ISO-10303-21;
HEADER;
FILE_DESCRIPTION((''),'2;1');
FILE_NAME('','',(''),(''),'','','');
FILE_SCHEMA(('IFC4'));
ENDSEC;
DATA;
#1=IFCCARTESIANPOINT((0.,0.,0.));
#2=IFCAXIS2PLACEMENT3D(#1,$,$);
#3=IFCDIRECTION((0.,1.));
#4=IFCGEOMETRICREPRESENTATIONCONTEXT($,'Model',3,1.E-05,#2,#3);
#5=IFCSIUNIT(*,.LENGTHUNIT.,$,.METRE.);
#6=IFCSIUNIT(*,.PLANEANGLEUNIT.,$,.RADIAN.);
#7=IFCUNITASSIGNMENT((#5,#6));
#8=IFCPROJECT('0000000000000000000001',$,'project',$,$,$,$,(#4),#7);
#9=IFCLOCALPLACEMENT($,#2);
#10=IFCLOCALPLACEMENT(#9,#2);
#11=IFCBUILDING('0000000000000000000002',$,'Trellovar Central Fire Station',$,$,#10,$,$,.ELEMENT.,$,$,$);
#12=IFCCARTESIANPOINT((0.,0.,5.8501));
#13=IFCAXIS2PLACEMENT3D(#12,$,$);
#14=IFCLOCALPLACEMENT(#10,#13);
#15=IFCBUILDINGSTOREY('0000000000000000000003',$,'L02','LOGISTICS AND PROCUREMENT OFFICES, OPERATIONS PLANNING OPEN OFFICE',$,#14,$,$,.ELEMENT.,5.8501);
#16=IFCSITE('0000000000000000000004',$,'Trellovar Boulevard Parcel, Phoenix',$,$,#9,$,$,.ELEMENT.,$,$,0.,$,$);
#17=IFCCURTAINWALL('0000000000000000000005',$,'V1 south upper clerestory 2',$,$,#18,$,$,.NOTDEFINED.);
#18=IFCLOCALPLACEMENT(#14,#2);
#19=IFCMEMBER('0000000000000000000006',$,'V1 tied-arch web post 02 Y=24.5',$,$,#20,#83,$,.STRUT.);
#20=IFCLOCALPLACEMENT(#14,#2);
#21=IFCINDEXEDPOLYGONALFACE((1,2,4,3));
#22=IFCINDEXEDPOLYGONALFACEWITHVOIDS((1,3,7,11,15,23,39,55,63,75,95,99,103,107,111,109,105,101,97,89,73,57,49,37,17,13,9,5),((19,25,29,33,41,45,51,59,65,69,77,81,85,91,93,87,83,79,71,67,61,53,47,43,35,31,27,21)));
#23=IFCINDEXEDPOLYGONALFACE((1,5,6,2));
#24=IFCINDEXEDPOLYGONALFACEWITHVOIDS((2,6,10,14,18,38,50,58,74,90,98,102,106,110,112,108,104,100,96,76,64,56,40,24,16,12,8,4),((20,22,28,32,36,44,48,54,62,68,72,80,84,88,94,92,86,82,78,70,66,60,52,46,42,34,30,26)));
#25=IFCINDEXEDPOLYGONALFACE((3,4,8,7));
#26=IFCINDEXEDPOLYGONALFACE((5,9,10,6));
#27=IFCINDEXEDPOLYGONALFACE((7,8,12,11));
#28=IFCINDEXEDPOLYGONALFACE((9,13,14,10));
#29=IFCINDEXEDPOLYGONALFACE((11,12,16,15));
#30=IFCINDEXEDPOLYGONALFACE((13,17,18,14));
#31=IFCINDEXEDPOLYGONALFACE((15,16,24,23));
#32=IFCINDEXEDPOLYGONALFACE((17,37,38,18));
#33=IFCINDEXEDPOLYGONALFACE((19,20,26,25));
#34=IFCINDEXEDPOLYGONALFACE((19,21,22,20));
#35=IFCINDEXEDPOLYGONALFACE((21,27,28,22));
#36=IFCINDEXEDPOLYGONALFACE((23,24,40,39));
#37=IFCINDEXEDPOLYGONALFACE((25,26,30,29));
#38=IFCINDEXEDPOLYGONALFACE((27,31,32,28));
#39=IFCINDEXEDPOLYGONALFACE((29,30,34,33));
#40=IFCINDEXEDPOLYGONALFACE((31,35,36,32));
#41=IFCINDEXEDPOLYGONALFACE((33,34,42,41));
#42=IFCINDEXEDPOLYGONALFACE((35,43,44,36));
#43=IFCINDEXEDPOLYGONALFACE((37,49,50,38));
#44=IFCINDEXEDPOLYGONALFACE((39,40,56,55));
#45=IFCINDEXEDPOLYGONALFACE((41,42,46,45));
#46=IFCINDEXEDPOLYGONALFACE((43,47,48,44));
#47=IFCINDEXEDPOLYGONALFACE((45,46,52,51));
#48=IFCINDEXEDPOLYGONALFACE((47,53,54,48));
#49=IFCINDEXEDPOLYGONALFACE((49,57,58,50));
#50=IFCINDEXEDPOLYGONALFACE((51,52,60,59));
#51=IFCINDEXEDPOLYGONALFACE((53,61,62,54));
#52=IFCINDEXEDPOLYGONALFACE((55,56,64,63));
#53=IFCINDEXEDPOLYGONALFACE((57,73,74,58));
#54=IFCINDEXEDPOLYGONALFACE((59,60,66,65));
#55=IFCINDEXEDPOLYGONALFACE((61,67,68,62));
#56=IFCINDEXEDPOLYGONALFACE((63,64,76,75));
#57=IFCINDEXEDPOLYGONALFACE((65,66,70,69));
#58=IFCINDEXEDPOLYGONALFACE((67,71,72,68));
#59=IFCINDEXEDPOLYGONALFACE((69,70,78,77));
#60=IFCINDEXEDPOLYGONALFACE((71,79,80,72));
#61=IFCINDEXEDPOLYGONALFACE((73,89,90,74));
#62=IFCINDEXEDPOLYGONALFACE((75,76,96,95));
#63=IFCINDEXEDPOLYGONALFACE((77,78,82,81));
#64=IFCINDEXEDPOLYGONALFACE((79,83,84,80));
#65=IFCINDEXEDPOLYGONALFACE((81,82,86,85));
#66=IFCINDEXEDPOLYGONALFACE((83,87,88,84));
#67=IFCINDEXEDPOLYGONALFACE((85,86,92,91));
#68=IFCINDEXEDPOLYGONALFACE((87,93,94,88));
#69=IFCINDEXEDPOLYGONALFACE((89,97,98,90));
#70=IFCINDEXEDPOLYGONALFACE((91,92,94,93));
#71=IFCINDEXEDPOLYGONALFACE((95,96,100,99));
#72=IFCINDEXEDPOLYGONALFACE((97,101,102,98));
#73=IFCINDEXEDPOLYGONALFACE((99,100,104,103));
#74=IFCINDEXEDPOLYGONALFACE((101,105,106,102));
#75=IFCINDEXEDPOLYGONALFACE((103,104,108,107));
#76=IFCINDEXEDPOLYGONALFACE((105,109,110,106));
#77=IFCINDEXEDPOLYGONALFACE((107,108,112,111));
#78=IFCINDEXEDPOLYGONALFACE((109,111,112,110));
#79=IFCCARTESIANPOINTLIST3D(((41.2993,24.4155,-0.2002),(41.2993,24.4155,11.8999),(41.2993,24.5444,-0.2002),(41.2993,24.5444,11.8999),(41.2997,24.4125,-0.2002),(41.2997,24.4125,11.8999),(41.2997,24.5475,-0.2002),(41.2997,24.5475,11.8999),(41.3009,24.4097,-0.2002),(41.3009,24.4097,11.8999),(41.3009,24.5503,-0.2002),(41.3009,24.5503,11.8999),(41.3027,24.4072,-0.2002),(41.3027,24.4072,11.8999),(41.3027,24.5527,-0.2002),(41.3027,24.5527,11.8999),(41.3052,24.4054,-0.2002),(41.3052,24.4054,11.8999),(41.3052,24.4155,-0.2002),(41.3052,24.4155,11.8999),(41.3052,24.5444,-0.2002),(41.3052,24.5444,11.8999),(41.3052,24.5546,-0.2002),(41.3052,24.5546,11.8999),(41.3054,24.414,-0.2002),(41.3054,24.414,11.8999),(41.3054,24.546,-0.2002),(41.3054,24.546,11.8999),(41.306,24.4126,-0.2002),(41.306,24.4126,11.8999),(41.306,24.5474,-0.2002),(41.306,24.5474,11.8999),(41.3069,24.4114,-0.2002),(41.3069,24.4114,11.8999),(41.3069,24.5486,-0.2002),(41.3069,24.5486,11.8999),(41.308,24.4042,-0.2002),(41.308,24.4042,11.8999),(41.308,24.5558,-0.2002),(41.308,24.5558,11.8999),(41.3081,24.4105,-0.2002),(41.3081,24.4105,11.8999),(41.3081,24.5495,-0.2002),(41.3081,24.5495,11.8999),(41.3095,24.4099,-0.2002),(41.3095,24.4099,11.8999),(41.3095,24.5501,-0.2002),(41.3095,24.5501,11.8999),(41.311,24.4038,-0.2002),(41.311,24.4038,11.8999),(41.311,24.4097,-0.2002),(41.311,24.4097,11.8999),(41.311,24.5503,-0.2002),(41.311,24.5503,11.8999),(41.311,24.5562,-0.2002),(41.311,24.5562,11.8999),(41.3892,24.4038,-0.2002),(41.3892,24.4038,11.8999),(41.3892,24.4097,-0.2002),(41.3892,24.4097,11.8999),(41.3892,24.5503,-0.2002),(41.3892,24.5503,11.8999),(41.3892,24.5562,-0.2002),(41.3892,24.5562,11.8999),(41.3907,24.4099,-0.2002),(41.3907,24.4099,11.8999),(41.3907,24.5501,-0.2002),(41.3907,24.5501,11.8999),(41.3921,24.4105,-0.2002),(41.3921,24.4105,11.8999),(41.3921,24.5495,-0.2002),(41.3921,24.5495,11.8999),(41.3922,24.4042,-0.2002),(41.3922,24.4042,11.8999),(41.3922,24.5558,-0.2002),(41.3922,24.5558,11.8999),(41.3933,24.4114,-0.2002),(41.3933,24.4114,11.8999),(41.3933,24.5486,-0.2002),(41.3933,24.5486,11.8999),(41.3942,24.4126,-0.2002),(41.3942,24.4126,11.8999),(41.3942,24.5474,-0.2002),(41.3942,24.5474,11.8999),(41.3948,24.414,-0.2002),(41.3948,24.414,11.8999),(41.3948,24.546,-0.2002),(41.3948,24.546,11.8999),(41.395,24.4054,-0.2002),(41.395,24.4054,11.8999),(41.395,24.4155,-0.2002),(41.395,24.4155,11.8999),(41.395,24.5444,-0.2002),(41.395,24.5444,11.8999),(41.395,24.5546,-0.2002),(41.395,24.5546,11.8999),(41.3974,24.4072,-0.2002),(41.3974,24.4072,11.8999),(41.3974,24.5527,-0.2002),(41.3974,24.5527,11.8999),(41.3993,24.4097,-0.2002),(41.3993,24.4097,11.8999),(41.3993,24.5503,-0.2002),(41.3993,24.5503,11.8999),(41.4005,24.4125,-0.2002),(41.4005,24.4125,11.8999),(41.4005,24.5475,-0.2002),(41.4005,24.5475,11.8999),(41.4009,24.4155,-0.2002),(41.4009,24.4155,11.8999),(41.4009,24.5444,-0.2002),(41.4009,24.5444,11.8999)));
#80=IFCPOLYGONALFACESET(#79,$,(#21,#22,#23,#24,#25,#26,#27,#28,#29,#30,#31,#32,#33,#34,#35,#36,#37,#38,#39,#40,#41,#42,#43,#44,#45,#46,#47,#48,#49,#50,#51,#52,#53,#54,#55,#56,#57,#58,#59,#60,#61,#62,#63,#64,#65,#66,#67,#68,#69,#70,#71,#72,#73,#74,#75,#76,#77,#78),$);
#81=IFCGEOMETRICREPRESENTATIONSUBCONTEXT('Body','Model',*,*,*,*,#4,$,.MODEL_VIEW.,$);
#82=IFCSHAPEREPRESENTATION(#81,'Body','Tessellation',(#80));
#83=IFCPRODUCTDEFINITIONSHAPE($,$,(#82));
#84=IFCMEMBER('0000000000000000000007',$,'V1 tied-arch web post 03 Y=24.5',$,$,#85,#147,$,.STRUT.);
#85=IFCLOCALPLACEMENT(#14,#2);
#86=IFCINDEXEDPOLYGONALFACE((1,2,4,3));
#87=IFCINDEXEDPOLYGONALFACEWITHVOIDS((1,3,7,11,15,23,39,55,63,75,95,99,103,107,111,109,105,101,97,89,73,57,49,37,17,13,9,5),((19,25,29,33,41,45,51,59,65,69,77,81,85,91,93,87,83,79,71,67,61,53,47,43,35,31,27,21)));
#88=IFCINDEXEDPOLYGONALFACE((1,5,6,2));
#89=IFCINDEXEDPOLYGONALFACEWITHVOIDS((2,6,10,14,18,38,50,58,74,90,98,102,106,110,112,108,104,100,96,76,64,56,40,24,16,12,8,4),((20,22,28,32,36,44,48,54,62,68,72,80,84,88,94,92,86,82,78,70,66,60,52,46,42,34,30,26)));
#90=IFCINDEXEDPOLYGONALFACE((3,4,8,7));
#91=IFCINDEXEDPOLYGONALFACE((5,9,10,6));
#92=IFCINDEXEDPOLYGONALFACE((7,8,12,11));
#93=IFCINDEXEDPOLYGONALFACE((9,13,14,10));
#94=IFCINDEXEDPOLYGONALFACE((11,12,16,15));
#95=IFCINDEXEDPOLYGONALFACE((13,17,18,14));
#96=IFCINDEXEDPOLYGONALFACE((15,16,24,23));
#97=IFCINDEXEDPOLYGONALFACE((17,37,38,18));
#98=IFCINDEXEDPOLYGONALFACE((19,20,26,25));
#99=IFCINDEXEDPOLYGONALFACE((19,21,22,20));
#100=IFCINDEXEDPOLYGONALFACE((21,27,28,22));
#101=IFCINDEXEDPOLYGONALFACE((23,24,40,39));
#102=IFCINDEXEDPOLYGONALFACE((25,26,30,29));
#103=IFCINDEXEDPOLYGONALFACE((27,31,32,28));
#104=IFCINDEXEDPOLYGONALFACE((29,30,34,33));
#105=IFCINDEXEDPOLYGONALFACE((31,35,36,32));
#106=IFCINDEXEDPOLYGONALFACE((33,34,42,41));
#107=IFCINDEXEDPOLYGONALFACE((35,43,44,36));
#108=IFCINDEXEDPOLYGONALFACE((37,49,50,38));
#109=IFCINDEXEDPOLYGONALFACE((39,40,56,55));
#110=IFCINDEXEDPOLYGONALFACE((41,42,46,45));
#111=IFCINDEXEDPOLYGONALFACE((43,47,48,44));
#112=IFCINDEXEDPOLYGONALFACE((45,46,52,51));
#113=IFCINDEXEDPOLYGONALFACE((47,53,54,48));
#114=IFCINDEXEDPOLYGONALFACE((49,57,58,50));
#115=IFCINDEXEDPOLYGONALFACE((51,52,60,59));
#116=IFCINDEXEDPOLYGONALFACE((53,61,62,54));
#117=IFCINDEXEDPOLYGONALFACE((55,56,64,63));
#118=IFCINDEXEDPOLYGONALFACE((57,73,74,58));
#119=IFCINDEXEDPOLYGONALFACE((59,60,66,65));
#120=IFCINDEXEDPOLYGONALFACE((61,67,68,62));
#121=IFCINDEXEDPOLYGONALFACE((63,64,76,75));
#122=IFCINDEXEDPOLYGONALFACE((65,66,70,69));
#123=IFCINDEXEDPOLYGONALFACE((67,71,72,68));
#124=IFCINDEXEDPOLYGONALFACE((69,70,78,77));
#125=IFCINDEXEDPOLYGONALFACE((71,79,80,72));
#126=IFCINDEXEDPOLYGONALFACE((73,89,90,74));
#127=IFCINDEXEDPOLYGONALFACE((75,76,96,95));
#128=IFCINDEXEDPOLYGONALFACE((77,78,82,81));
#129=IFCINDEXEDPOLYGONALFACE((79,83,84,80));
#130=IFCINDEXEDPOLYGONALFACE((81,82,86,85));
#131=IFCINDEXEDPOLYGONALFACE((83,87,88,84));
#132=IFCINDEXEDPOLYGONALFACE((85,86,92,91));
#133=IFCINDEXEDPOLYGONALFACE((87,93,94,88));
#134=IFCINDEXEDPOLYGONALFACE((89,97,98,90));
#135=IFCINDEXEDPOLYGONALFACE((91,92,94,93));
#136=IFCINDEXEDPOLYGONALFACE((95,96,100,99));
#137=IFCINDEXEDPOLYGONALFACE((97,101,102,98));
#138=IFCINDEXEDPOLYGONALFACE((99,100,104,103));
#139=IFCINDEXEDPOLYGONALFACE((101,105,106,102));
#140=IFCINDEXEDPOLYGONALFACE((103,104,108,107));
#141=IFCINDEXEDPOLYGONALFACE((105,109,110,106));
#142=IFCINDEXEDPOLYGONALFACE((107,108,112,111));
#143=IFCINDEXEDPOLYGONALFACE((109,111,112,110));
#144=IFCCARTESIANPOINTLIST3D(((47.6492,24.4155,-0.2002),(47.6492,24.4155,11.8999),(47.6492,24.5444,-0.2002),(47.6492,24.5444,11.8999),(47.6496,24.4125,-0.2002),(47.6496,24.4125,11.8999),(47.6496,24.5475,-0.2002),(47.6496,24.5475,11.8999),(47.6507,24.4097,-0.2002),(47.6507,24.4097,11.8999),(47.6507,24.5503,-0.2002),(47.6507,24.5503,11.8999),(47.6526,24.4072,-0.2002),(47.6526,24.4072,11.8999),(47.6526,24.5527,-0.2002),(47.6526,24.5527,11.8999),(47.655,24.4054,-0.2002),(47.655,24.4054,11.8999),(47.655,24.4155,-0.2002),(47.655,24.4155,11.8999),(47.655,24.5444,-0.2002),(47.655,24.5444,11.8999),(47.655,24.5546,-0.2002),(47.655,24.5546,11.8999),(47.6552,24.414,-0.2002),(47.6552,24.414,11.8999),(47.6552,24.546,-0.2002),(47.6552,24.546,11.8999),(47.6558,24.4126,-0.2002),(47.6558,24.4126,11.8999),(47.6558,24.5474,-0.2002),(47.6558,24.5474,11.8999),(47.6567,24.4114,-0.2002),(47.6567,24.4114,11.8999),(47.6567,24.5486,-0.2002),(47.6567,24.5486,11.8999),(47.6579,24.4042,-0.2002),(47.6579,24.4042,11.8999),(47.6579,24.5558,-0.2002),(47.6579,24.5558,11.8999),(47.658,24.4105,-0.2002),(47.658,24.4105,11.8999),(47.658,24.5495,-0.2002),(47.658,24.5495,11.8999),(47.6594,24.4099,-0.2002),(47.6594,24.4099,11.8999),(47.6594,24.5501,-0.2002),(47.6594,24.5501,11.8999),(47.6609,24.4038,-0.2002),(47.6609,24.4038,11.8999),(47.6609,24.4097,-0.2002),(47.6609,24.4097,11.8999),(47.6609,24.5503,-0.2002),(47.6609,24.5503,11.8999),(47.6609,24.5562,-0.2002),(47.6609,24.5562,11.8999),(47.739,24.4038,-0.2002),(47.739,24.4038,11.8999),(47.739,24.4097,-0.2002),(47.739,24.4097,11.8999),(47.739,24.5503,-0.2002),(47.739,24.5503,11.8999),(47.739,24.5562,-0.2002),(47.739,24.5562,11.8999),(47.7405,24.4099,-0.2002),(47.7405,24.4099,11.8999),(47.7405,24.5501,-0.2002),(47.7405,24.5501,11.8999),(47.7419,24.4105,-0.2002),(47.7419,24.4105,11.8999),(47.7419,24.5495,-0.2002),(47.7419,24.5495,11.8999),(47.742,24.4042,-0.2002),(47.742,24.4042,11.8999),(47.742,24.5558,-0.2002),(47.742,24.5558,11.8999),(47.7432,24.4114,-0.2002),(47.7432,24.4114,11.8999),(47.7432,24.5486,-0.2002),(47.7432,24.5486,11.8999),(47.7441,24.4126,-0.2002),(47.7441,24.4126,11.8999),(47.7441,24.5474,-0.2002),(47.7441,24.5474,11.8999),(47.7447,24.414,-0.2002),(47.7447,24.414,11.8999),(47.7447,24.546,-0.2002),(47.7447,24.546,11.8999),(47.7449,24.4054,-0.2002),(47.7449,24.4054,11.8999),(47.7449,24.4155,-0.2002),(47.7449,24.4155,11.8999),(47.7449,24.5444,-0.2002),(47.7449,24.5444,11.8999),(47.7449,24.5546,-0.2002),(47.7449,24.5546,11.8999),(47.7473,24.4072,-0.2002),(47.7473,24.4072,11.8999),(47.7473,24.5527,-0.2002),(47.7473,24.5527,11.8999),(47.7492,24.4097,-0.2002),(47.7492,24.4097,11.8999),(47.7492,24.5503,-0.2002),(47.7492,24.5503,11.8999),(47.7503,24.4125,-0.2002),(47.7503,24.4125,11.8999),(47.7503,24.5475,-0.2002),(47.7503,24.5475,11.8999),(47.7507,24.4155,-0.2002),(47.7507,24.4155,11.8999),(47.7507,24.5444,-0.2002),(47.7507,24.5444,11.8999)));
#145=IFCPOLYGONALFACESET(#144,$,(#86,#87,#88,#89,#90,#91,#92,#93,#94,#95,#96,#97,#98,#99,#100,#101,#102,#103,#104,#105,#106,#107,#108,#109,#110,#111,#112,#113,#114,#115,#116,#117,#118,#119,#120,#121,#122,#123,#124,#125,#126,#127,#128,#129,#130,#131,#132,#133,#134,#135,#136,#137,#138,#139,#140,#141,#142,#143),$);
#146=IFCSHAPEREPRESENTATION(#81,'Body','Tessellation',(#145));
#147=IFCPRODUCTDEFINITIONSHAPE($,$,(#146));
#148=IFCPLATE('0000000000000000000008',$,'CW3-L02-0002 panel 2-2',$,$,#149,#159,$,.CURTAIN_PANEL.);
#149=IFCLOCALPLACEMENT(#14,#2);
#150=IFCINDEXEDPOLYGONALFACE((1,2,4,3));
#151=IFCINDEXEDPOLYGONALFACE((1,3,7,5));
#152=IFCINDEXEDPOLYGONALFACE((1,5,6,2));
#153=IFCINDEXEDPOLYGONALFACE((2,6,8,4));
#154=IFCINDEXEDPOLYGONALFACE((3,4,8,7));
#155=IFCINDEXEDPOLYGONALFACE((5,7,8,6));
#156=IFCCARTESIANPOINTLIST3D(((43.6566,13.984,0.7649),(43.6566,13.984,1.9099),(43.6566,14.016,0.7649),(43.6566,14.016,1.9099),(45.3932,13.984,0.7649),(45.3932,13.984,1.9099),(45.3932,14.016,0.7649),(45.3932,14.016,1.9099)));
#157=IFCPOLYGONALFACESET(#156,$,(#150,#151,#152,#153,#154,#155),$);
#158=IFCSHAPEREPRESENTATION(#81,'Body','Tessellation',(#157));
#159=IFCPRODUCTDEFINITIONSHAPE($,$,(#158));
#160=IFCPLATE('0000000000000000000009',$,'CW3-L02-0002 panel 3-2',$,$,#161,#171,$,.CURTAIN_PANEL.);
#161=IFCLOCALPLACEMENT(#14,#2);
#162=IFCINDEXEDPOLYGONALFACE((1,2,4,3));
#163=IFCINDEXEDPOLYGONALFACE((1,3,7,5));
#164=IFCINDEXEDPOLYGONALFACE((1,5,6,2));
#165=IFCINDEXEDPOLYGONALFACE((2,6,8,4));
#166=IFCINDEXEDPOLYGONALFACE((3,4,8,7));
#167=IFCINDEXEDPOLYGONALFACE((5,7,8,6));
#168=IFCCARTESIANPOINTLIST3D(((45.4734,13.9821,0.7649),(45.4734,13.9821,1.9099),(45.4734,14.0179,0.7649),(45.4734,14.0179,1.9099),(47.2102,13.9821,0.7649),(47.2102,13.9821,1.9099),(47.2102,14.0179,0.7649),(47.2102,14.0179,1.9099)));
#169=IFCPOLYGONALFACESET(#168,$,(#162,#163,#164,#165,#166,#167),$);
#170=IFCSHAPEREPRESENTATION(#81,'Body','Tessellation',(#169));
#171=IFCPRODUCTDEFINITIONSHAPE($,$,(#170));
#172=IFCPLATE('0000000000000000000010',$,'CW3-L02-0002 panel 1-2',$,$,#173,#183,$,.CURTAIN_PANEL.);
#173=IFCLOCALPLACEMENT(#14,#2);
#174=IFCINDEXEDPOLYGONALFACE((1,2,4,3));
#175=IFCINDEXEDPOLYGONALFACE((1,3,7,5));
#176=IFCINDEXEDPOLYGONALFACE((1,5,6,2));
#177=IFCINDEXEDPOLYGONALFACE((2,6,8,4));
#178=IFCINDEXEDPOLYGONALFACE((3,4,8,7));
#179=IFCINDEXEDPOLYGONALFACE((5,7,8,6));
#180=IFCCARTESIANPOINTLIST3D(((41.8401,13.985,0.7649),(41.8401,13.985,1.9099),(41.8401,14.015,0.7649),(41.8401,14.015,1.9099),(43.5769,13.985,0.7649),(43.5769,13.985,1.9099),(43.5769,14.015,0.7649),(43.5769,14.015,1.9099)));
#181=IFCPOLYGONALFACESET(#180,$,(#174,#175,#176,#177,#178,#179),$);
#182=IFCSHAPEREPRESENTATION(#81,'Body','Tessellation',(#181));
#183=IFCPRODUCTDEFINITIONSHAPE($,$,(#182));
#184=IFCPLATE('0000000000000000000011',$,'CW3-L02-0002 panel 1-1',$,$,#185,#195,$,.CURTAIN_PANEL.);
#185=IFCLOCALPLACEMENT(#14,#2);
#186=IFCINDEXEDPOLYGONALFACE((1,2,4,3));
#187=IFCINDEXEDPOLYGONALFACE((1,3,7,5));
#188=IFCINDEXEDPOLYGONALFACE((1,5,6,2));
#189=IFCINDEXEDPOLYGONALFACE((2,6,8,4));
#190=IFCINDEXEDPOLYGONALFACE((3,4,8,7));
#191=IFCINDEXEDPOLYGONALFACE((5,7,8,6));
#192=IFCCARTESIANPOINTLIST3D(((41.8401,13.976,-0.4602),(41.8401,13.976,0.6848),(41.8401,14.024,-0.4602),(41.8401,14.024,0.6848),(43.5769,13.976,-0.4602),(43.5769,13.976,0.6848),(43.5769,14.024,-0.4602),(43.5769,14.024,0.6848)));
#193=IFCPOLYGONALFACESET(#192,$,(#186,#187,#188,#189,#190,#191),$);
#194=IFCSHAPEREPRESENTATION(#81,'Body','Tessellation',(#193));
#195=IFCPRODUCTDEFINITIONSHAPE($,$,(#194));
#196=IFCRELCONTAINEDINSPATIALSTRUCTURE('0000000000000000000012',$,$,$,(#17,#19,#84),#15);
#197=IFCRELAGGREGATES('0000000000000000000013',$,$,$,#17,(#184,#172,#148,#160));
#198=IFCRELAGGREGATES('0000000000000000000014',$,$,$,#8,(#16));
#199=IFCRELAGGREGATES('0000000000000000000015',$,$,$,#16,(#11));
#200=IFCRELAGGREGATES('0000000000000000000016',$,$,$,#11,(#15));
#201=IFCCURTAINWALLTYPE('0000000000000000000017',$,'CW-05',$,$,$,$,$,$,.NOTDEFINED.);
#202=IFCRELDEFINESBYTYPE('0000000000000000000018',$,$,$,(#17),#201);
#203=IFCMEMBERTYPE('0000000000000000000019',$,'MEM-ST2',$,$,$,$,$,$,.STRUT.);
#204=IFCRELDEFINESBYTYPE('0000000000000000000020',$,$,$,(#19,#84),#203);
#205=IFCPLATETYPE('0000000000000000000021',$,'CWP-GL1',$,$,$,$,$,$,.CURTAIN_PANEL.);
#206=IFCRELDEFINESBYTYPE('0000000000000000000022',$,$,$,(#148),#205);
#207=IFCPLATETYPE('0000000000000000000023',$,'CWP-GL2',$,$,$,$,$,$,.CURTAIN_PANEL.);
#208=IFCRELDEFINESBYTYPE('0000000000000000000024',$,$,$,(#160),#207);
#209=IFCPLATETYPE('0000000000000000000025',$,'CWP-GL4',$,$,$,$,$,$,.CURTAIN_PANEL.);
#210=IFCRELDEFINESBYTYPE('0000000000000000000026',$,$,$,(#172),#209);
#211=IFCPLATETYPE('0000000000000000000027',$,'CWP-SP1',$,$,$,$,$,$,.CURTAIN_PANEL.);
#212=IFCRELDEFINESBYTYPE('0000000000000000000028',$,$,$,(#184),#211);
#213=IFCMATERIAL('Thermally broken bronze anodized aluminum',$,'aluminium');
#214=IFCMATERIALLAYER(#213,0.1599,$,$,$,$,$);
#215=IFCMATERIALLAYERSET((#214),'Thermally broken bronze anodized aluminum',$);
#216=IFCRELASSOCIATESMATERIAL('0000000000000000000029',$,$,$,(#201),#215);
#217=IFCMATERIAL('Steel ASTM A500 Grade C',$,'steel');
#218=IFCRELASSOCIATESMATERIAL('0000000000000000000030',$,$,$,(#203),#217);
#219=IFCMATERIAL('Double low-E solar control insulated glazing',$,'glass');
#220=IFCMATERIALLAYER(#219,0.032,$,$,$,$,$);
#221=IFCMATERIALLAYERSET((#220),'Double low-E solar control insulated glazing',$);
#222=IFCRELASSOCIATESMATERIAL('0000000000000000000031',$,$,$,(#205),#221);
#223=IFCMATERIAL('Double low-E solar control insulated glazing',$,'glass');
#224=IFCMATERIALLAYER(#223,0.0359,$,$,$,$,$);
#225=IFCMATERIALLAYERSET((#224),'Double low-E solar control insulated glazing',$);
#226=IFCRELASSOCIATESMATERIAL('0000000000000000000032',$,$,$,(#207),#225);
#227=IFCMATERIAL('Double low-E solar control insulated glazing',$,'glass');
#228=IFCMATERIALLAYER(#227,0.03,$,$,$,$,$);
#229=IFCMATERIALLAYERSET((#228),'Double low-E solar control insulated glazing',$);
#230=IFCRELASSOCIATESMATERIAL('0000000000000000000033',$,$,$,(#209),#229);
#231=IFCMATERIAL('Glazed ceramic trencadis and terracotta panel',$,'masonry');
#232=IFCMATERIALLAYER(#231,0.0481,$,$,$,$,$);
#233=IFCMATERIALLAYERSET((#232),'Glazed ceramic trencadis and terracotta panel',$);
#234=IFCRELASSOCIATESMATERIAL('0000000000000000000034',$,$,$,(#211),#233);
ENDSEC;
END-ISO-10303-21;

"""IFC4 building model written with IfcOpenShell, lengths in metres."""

from ifc_helpers import new_model, si_unit, direction, frame, origin, origin_2d, place, context, subcontext, project, spatial, rectangle, hollow_rectangle, extrude, material, layer, layer_set, material_profile, profile_set, type_object, element, aggregate, save


model = new_model("IFC4")

# Units and contexts
model_context = context("Model", 3, precision=1e-05, world=origin(), true_north=direction((0.0, 1.0)))
body_context = subcontext(model_context, "Body", "Model", "MODEL_VIEW")
ifc_project = project(units=[si_unit("LENGTHUNIT", "METRE"), si_unit("PLANEANGLEUNIT", "RADIAN")], contexts=[model_context])

# Site, building, storey
site_placement = place(None, origin())
site = spatial("IfcSite", under=ifc_project, at=site_placement, Name="Trellovar Boulevard Parcel, Phoenix", CompositionType="ELEMENT", RefElevation=0.0)
building_placement = place(site_placement, origin())
building = spatial("IfcBuilding", under=site, at=building_placement, Name="Trellovar Central Fire Station", CompositionType="ELEMENT")
storey_placement = place(building_placement, frame((0.0, 0.0, 5.8501)))
storey = spatial("IfcBuildingStorey", under=building, at=storey_placement, Name="L02", Description="LOGISTICS AND PROCUREMENT OFFICES, OPERATIONS PLANNING OPEN OFFICE", CompositionType="ELEMENT", Elevation=5.8501)

# Shared definitions
ifc_material_1 = material(Name="Thermally broken bronze anodized aluminum", Category="aluminium")
ifc_layer_1 = layer(ifc_material_1, 0.1599)
ifc_layer_set_1 = layer_set([ifc_layer_1], Name="Thermally broken bronze anodized aluminum")
curtain_wall_type = type_object("IfcCurtainWallType", Name="CW-05", PredefinedType="NOTDEFINED", material=ifc_layer_set_1)

# Curtain wall
curtain_wall_1_placement = place(storey_placement, origin())
curtain_wall_1 = element("IfcCurtainWall", 1, at=curtain_wall_1_placement, inside=storey, type_object=curtain_wall_type, Name="V1 south upper clerestory 2", PredefinedType="NOTDEFINED")

# Members
ifc_material_2 = material(Name="Steel ASTM A500 Grade C", Category="steel")
ifc_material_profile_1 = material_profile(ifc_material_2, hollow_rectangle(XDim=0.1016, YDim=0.1523, WallThickness=0.0059, InnerFilletRadius=0.0059, OuterFilletRadius=0.0117, at=origin_2d()), Name="HSS6X4X1/4")
ifc_profile_set_1 = profile_set([ifc_material_profile_1], Name="Steel ASTM A500 Grade C")
member_type_1 = type_object("IfcMemberType", Name="MEM-ST2", PredefinedType="STRUT", material=ifc_profile_set_1)
for number, where, z_axis, x_axis, name in (
    (2, (41.3501, 24.48, -0.2002), (0.0, 0.0, 1.0), (1.0, 0.0, 0.0), "V1 tied-arch web post 02 Y=24.5"),
    (3, (47.7, 24.48, -0.2002), (0.0, 0.0, 1.0), (1.0, 0.0, 0.0), "V1 tied-arch web post 03 Y=24.5"),
):
    element("IfcMember", number, at=place(storey_placement, frame(where, z_axis=z_axis, x_axis=x_axis)), inside=storey, type_object=member_type_1, Name=name, PredefinedType="STRUT", context=body_context, shape_type="SweptSolid", body=[
        extrude(hollow_rectangle(XDim=0.1016, YDim=0.1523, WallThickness=0.0059, InnerFilletRadius=0.0059, OuterFilletRadius=0.0117, at=origin_2d()), origin(), (0.0, 0.0, 1.0), 12.1001),
    ])

# Plates
ifc_material_3 = material(Name="Double low-E solar control insulated glazing", Category="glass")
ifc_layer_2 = layer(ifc_material_3, 0.032)
ifc_layer_set_2 = layer_set([ifc_layer_2], Name="Double low-E solar control insulated glazing")
plate_type_1 = type_object("IfcPlateType", Name="CWP-GL1", PredefinedType="CURTAIN_PANEL", material=ifc_layer_set_2)
plate_1_placement = place(storey_placement, frame((44.5249, 14.0, 0.7649), z_axis=(0.0, 0.0, 1.0), x_axis=(1.0, 0.0, 0.0)))
plate_1 = element("IfcPlate", 4, at=plate_1_placement, type_object=plate_type_1, Name="CW3-L02-0002 panel 2-2", PredefinedType="CURTAIN_PANEL", context=body_context, shape_type="SweptSolid", body=[
    extrude(rectangle(XDim=1.7366, YDim=0.032, at=origin_2d()), origin(), (0.0, 0.0, 1.0), 1.145),
])
ifc_material_4 = material(Name="Double low-E solar control insulated glazing", Category="glass")
ifc_layer_3 = layer(ifc_material_4, 0.0359)
ifc_layer_set_3 = layer_set([ifc_layer_3], Name="Double low-E solar control insulated glazing")
plate_type_2 = type_object("IfcPlateType", Name="CWP-GL2", PredefinedType="CURTAIN_PANEL", material=ifc_layer_set_3)
plate_2_placement = place(storey_placement, frame((46.3418, 14.0, 0.7649), z_axis=(0.0, 0.0, 1.0), x_axis=(1.0, 0.0, 0.0)))
plate_2 = element("IfcPlate", 5, at=plate_2_placement, type_object=plate_type_2, Name="CW3-L02-0002 panel 3-2", PredefinedType="CURTAIN_PANEL", context=body_context, shape_type="SweptSolid", body=[
    extrude(rectangle(XDim=1.7368, YDim=0.0359, at=origin_2d()), origin(), (0.0, 0.0, 1.0), 1.145),
])
ifc_material_5 = material(Name="Double low-E solar control insulated glazing", Category="glass")
ifc_layer_4 = layer(ifc_material_5, 0.03)
ifc_layer_set_4 = layer_set([ifc_layer_4], Name="Double low-E solar control insulated glazing")
plate_type_3 = type_object("IfcPlateType", Name="CWP-GL4", PredefinedType="CURTAIN_PANEL", material=ifc_layer_set_4)
plate_3_placement = place(storey_placement, frame((42.7085, 14.0, 0.7649), z_axis=(0.0, 0.0, 1.0), x_axis=(1.0, 0.0, 0.0)))
plate_3 = element("IfcPlate", 6, at=plate_3_placement, type_object=plate_type_3, Name="CW3-L02-0002 panel 1-2", PredefinedType="CURTAIN_PANEL", context=body_context, shape_type="SweptSolid", body=[
    extrude(rectangle(XDim=1.7368, YDim=0.03, at=origin_2d()), origin(), (0.0, 0.0, 1.0), 1.145),
])
ifc_material_6 = material(Name="Glazed ceramic trencadis and terracotta panel", Category="masonry")
ifc_layer_5 = layer(ifc_material_6, 0.0481)
ifc_layer_set_5 = layer_set([ifc_layer_5], Name="Glazed ceramic trencadis and terracotta panel")
plate_type_4 = type_object("IfcPlateType", Name="CWP-SP1", PredefinedType="CURTAIN_PANEL", material=ifc_layer_set_5)
plate_4_placement = place(storey_placement, frame((42.7085, 14.0, -0.4602), z_axis=(0.0, 0.0, 1.0), x_axis=(1.0, 0.0, 0.0)))
plate_4 = element("IfcPlate", 7, at=plate_4_placement, type_object=plate_type_4, Name="CW3-L02-0002 panel 1-1", PredefinedType="CURTAIN_PANEL", context=body_context, shape_type="SweptSolid", body=[
    extrude(rectangle(XDim=1.7368, YDim=0.0481, at=origin_2d()), origin(), (0.0, 0.0, 1.0), 1.145),
])
aggregate(curtain_wall_1, [plate_4, plate_3, plate_1, plate_2])

save(model, "model.ifc")
